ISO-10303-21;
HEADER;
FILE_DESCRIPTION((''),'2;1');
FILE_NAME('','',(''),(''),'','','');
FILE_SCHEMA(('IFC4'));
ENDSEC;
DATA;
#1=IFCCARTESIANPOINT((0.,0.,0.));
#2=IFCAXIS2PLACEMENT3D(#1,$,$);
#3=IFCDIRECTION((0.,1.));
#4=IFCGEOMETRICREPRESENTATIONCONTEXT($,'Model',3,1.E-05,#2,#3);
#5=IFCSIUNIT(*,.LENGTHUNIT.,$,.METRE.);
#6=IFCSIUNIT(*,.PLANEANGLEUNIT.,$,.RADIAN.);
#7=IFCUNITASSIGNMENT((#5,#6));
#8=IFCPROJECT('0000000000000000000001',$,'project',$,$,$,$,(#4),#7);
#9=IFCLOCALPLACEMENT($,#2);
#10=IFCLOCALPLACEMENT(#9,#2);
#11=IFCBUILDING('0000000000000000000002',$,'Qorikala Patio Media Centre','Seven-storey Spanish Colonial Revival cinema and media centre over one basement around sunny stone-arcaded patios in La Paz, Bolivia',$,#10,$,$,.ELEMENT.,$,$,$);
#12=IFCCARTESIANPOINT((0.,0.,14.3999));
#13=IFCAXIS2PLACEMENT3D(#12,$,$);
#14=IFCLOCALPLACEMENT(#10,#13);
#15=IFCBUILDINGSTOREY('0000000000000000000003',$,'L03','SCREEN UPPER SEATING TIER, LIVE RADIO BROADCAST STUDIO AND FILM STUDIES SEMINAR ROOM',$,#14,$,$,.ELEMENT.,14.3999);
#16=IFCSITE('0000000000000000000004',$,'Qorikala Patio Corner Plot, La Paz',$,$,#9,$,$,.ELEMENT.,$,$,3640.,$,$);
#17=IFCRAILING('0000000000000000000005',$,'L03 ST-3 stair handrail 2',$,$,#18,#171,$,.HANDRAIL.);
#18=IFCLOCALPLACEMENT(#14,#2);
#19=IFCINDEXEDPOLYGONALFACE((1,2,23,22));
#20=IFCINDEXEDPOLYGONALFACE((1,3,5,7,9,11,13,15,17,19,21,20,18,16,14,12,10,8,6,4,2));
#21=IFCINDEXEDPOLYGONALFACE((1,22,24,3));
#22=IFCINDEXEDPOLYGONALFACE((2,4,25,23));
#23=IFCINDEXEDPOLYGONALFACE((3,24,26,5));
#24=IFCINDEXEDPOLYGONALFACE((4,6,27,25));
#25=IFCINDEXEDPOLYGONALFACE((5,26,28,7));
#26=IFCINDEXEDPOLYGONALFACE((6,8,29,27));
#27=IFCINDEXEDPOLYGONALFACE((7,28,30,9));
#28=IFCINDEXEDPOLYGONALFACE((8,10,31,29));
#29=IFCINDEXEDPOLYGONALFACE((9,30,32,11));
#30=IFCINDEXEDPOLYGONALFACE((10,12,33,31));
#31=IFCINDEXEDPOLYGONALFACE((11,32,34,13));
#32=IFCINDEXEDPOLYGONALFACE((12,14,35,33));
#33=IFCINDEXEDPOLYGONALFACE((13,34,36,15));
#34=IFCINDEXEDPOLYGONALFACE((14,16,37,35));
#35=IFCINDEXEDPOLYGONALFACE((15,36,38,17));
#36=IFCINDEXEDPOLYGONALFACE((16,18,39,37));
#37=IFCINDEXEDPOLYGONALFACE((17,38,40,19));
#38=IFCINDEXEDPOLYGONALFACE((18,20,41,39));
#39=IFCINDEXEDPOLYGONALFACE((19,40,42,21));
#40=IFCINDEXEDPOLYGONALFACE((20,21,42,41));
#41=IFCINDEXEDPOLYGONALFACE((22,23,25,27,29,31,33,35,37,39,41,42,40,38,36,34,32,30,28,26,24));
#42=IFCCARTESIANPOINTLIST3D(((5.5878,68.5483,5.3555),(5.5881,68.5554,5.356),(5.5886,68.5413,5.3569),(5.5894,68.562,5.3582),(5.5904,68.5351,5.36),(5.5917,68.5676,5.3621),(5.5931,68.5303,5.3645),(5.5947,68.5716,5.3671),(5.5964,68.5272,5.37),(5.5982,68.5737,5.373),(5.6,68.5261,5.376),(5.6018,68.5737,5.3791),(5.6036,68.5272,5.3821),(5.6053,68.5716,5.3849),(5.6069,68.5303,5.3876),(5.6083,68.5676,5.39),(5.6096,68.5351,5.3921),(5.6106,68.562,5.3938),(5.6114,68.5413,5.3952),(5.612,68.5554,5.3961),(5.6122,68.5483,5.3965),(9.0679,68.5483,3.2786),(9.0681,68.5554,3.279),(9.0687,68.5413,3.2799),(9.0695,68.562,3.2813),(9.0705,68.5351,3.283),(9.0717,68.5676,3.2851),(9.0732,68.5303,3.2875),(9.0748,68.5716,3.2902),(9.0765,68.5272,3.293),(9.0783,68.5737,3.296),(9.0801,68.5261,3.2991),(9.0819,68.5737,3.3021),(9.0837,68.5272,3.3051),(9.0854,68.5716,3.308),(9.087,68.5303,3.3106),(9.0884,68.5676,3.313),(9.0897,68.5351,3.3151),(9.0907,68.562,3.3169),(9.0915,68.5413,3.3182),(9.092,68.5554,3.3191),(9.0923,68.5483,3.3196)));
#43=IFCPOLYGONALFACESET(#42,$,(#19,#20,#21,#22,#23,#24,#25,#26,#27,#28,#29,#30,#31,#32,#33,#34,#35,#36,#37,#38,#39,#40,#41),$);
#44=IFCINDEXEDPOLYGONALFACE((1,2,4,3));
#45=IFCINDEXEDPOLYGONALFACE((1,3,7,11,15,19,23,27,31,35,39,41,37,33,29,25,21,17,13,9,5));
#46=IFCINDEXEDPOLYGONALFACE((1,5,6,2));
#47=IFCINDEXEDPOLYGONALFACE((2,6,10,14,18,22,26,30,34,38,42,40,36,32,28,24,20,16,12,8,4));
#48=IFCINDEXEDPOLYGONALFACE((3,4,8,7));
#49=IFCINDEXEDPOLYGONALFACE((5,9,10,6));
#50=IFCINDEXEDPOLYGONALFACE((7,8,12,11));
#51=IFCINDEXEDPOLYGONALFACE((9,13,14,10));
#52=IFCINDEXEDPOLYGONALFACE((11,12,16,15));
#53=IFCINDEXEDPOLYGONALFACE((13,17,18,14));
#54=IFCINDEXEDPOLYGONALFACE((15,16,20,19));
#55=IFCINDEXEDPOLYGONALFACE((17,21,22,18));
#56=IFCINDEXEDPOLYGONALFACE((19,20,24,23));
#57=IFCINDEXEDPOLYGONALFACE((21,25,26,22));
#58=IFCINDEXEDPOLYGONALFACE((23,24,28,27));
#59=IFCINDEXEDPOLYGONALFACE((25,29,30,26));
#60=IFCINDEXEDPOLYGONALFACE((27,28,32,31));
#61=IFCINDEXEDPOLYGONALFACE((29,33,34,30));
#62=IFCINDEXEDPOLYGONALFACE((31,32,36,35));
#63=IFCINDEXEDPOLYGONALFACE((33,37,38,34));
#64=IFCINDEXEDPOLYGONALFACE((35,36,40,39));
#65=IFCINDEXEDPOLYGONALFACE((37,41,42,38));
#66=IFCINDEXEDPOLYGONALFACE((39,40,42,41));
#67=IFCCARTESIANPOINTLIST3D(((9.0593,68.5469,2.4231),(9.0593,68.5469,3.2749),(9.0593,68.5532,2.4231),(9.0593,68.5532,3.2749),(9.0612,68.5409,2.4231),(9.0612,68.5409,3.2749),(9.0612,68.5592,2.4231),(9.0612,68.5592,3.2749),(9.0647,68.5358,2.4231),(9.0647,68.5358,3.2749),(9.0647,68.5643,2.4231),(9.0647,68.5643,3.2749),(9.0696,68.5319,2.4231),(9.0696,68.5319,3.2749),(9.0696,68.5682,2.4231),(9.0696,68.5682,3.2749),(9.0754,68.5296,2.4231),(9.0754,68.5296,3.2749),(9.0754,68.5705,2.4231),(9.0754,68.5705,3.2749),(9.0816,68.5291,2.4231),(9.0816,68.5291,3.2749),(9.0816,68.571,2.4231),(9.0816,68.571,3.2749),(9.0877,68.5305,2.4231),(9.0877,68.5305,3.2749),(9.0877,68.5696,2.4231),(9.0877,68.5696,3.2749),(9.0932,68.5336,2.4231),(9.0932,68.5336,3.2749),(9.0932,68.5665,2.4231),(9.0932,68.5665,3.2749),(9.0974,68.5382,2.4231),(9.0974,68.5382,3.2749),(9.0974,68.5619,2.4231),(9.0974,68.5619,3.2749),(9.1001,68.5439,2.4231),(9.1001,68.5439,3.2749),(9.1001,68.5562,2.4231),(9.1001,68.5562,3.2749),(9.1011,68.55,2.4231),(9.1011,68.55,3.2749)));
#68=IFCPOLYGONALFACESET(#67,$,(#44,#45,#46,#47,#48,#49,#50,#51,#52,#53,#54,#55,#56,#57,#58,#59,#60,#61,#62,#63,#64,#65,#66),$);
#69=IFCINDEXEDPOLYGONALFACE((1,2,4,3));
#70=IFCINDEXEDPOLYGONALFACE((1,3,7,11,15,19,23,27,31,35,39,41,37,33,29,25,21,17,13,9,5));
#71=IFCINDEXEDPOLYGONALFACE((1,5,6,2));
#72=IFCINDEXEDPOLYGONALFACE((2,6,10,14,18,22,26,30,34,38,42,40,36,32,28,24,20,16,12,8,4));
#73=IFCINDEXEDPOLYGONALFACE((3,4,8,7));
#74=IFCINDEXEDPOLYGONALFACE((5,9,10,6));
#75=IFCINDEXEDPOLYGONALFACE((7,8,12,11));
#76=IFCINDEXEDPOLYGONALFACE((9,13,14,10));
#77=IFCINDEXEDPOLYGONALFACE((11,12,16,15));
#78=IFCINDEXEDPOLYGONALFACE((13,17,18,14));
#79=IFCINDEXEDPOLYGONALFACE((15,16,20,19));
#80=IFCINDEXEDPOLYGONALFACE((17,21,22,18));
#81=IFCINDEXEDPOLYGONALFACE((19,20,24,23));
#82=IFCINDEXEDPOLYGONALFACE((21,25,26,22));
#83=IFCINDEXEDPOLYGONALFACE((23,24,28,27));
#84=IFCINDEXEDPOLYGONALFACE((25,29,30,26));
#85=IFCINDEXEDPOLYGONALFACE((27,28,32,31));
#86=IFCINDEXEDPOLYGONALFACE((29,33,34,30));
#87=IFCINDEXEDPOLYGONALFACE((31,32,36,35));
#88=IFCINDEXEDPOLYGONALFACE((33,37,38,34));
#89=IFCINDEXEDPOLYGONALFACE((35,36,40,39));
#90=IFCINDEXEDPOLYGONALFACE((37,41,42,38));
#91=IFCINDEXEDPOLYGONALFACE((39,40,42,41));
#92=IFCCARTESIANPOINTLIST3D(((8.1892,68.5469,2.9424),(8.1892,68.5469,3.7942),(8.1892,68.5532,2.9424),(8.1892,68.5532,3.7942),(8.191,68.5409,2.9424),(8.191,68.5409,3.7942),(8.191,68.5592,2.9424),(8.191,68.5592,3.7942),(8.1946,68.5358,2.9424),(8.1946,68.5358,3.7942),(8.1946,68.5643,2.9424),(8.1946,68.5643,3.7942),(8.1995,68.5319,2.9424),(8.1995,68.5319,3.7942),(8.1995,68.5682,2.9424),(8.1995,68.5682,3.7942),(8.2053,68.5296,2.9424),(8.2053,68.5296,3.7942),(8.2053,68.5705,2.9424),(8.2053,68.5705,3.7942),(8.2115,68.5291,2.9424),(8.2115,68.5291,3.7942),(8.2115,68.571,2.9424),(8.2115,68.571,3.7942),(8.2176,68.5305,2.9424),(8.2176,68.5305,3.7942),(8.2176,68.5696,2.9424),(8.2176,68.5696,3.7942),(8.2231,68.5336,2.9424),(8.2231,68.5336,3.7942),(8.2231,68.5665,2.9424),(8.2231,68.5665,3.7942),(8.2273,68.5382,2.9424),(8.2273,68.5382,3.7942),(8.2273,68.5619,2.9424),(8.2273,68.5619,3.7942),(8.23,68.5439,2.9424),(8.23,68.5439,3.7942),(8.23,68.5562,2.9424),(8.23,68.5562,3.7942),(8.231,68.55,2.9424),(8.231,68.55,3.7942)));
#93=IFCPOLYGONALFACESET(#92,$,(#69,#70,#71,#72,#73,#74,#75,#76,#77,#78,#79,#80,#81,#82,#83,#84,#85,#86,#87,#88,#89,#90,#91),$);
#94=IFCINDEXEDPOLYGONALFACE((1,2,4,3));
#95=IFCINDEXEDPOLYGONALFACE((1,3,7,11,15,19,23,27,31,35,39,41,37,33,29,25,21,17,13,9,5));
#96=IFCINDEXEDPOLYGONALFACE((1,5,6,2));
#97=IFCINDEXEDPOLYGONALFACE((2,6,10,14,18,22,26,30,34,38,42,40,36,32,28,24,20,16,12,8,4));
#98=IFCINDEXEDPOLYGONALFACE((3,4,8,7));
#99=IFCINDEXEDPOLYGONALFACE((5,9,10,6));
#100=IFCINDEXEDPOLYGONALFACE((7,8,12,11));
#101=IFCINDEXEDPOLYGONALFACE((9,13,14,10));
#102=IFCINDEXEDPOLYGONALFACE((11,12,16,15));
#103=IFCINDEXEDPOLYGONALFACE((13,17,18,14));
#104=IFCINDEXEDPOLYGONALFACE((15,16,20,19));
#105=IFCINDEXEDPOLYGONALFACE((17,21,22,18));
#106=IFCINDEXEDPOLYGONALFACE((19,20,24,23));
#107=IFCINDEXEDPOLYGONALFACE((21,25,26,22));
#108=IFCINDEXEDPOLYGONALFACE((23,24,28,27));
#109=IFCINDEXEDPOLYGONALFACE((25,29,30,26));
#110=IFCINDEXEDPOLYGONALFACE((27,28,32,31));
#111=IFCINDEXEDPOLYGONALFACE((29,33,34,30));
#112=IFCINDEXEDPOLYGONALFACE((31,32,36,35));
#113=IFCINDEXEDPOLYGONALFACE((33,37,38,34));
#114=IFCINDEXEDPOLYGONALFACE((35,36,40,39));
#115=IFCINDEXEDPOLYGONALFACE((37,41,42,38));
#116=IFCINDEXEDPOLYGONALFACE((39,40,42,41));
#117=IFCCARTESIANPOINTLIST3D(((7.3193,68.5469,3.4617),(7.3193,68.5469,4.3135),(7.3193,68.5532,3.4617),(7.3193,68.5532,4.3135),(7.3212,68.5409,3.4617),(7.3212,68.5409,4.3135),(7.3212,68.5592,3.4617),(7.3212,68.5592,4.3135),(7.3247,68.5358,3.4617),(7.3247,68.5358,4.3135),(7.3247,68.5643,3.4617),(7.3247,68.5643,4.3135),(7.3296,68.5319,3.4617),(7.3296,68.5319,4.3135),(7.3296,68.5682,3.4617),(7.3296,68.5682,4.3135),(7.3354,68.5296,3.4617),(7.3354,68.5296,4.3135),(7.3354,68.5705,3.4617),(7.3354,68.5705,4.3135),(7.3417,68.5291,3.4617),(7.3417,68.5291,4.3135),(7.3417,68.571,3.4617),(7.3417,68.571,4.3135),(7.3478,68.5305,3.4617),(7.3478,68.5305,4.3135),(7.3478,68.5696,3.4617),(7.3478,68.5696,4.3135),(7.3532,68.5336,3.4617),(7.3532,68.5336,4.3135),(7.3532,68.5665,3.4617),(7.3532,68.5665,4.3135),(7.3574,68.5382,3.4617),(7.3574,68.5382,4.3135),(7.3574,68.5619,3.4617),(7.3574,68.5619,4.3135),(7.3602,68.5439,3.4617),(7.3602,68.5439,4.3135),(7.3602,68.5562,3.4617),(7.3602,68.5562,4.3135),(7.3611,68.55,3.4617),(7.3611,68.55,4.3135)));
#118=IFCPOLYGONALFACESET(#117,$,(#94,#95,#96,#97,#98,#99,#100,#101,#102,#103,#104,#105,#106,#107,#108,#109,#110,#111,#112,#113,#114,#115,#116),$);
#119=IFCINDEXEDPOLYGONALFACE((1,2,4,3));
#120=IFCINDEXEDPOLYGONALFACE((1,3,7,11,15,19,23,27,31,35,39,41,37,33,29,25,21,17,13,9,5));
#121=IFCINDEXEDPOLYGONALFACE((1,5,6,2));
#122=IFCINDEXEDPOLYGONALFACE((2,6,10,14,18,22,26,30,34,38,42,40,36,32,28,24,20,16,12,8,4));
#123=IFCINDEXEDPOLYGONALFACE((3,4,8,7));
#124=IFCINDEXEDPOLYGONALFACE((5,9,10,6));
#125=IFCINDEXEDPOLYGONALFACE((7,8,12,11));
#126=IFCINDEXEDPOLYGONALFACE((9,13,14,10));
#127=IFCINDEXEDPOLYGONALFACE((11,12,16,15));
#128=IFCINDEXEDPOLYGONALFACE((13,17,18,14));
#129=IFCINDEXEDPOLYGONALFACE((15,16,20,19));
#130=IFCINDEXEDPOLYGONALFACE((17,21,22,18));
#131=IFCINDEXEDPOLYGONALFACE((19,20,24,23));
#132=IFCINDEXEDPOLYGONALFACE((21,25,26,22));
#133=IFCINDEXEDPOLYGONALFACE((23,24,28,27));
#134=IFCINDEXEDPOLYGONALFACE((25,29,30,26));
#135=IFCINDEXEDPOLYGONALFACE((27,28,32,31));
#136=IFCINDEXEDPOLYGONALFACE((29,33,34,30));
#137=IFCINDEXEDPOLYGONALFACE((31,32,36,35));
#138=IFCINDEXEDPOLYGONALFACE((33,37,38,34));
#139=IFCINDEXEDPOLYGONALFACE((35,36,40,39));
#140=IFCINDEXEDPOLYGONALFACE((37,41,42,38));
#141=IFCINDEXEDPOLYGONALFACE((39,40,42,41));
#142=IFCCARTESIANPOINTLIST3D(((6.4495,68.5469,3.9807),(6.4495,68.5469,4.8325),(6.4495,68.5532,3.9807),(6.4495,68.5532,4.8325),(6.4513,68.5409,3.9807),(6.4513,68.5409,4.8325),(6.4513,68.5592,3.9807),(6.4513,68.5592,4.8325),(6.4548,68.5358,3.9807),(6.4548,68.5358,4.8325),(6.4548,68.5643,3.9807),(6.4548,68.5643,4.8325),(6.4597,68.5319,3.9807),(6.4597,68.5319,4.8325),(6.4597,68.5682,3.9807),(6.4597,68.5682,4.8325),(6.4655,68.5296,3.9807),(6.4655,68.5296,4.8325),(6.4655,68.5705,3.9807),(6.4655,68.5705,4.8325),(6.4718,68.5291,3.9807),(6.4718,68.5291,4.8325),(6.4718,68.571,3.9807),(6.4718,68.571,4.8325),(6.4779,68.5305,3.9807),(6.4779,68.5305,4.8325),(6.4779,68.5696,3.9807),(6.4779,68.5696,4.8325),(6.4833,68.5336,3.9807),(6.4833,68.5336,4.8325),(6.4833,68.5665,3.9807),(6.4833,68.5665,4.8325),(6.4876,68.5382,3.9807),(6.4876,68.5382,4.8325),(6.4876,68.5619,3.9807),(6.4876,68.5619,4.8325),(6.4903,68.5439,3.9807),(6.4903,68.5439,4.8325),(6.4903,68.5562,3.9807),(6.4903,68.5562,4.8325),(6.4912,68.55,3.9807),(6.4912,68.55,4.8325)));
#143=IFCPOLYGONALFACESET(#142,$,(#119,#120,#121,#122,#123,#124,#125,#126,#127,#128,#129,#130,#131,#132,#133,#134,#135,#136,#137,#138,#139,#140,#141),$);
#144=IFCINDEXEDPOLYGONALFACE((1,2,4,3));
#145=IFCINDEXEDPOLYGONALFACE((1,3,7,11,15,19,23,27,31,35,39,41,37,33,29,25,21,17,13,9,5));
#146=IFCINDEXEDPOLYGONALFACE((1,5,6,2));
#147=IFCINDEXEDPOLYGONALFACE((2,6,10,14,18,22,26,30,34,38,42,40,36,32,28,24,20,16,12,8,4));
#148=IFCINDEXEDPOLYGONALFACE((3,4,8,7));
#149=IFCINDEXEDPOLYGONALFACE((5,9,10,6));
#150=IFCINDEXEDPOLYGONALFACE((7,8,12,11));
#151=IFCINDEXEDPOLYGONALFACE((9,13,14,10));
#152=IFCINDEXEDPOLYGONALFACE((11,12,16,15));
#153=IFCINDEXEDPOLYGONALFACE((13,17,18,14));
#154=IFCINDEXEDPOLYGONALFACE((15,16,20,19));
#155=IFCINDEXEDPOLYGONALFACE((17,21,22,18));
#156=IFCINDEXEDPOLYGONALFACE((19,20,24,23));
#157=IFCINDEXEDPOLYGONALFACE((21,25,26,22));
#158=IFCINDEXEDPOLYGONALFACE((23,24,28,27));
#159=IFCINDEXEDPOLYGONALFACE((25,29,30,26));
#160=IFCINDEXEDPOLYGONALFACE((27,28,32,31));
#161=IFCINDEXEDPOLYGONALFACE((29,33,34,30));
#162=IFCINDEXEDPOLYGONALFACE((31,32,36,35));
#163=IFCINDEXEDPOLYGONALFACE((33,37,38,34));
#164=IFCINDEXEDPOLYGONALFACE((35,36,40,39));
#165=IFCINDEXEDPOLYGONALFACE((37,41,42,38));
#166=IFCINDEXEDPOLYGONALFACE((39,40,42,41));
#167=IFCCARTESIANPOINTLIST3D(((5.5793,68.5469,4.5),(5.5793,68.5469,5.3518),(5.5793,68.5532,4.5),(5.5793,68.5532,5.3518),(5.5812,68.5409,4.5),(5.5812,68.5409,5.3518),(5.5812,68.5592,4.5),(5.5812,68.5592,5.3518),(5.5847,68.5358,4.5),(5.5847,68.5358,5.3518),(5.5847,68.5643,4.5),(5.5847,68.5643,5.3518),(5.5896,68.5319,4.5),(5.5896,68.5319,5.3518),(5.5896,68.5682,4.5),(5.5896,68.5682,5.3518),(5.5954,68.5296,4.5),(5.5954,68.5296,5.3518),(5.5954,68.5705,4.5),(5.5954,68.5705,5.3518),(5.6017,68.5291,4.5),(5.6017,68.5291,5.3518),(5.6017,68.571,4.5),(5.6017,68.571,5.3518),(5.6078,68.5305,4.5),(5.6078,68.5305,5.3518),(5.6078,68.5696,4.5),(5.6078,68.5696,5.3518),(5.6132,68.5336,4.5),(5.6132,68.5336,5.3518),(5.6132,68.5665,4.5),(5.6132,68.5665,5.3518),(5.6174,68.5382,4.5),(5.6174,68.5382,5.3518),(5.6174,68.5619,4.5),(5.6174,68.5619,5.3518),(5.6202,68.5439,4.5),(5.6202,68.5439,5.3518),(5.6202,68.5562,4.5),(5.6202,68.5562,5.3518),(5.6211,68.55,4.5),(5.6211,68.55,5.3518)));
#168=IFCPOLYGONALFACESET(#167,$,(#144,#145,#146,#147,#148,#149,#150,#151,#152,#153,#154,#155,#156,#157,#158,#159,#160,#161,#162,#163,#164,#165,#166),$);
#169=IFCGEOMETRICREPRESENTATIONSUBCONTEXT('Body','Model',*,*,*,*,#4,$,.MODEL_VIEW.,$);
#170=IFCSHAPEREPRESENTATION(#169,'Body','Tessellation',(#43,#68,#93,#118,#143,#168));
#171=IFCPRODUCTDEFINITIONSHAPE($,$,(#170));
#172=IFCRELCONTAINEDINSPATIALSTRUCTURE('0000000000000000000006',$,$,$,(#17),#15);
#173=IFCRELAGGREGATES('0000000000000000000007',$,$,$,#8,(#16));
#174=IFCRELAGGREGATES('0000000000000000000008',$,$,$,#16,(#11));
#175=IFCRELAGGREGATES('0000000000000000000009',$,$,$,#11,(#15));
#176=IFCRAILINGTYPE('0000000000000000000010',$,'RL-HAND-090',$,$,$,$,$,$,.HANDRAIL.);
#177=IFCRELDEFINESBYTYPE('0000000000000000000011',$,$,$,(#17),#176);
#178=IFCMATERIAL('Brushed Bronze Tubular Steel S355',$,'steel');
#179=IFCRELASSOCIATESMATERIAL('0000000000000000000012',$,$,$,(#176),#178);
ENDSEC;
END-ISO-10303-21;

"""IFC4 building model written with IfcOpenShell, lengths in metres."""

from ifc_helpers import new_model, si_unit, direction, frame, origin, origin_2d, place, context, subcontext, project, spatial, circle, extrude, material, type_object, element, save


model = new_model("IFC4")

# Units and contexts
model_context = context("Model", 3, precision=1e-05, world=origin(), true_north=direction((0.0, 1.0)))
body_context = subcontext(model_context, "Body", "Model", "MODEL_VIEW")
ifc_project = project(units=[si_unit("LENGTHUNIT", "METRE"), si_unit("PLANEANGLEUNIT", "RADIAN")], contexts=[model_context])

# Site, building, storey
site_placement = place(None, origin())
site = spatial("IfcSite", under=ifc_project, at=site_placement, Name="Qorikala Patio Corner Plot, La Paz", CompositionType="ELEMENT", RefElevation=3640.0)
building_placement = place(site_placement, origin())
building = spatial("IfcBuilding", under=site, at=building_placement, Name="Qorikala Patio Media Centre", Description="Seven-storey Spanish Colonial Revival cinema and media centre over one basement around sunny stone-arcaded patios in La Paz, Bolivia", CompositionType="ELEMENT")
storey_placement = place(building_placement, frame((0.0, 0.0, 14.3999)))
storey = spatial("IfcBuildingStorey", under=building, at=storey_placement, Name="L03", Description="SCREEN UPPER SEATING TIER, LIVE RADIO BROADCAST STUDIO AND FILM STUDIES SEMINAR ROOM", CompositionType="ELEMENT", Elevation=14.3999)

# Railing
ifc_material_1 = material(Name="Brushed Bronze Tubular Steel S355", Category="steel")
railing_type_1 = type_object("IfcRailingType", Name="RL-HAND-090", PredefinedType="HANDRAIL", material=ifc_material_1)
railing_1_placement = place(storey_placement, frame((9.0801, 68.55, 2.4231)))
element("IfcRailing", 1, at=railing_1_placement, inside=storey, type_object=railing_type_1, Name="L03 ST-3 stair handrail 2", PredefinedType="HANDRAIL", context=body_context, shape_type="SweptSolid", body=[
    extrude(circle(Radius=0.0239, at=origin_2d()), frame((0.0, 0.0, 0.876), z_axis=(-0.858697, 0.0, 0.512483), x_axis=(0.0, -1.0, 0.0)), (0.0, 0.0, 1.0), 4.0527),
    extrude(circle(Radius=0.021, at=origin_2d()), origin(), (0.0, 0.0, 1.0), 0.8518),
    extrude(circle(Radius=0.021, at=origin_2d()), frame((-0.8701, 0.0, 0.5193)), (0.0, 0.0, 1.0), 0.8518),
    extrude(circle(Radius=0.021, at=origin_2d()), frame((-1.74, 0.0, 1.0386)), (0.0, 0.0, 1.0), 0.8518),
    extrude(circle(Radius=0.021, at=origin_2d()), frame((-2.6099, 0.0, 1.5576)), (0.0, 0.0, 1.0), 0.8518),
    extrude(circle(Radius=0.021, at=origin_2d()), frame((-3.48, 0.0, 2.0769)), (0.0, 0.0, 1.0), 0.8518),
])

save(model, "model.ifc")
